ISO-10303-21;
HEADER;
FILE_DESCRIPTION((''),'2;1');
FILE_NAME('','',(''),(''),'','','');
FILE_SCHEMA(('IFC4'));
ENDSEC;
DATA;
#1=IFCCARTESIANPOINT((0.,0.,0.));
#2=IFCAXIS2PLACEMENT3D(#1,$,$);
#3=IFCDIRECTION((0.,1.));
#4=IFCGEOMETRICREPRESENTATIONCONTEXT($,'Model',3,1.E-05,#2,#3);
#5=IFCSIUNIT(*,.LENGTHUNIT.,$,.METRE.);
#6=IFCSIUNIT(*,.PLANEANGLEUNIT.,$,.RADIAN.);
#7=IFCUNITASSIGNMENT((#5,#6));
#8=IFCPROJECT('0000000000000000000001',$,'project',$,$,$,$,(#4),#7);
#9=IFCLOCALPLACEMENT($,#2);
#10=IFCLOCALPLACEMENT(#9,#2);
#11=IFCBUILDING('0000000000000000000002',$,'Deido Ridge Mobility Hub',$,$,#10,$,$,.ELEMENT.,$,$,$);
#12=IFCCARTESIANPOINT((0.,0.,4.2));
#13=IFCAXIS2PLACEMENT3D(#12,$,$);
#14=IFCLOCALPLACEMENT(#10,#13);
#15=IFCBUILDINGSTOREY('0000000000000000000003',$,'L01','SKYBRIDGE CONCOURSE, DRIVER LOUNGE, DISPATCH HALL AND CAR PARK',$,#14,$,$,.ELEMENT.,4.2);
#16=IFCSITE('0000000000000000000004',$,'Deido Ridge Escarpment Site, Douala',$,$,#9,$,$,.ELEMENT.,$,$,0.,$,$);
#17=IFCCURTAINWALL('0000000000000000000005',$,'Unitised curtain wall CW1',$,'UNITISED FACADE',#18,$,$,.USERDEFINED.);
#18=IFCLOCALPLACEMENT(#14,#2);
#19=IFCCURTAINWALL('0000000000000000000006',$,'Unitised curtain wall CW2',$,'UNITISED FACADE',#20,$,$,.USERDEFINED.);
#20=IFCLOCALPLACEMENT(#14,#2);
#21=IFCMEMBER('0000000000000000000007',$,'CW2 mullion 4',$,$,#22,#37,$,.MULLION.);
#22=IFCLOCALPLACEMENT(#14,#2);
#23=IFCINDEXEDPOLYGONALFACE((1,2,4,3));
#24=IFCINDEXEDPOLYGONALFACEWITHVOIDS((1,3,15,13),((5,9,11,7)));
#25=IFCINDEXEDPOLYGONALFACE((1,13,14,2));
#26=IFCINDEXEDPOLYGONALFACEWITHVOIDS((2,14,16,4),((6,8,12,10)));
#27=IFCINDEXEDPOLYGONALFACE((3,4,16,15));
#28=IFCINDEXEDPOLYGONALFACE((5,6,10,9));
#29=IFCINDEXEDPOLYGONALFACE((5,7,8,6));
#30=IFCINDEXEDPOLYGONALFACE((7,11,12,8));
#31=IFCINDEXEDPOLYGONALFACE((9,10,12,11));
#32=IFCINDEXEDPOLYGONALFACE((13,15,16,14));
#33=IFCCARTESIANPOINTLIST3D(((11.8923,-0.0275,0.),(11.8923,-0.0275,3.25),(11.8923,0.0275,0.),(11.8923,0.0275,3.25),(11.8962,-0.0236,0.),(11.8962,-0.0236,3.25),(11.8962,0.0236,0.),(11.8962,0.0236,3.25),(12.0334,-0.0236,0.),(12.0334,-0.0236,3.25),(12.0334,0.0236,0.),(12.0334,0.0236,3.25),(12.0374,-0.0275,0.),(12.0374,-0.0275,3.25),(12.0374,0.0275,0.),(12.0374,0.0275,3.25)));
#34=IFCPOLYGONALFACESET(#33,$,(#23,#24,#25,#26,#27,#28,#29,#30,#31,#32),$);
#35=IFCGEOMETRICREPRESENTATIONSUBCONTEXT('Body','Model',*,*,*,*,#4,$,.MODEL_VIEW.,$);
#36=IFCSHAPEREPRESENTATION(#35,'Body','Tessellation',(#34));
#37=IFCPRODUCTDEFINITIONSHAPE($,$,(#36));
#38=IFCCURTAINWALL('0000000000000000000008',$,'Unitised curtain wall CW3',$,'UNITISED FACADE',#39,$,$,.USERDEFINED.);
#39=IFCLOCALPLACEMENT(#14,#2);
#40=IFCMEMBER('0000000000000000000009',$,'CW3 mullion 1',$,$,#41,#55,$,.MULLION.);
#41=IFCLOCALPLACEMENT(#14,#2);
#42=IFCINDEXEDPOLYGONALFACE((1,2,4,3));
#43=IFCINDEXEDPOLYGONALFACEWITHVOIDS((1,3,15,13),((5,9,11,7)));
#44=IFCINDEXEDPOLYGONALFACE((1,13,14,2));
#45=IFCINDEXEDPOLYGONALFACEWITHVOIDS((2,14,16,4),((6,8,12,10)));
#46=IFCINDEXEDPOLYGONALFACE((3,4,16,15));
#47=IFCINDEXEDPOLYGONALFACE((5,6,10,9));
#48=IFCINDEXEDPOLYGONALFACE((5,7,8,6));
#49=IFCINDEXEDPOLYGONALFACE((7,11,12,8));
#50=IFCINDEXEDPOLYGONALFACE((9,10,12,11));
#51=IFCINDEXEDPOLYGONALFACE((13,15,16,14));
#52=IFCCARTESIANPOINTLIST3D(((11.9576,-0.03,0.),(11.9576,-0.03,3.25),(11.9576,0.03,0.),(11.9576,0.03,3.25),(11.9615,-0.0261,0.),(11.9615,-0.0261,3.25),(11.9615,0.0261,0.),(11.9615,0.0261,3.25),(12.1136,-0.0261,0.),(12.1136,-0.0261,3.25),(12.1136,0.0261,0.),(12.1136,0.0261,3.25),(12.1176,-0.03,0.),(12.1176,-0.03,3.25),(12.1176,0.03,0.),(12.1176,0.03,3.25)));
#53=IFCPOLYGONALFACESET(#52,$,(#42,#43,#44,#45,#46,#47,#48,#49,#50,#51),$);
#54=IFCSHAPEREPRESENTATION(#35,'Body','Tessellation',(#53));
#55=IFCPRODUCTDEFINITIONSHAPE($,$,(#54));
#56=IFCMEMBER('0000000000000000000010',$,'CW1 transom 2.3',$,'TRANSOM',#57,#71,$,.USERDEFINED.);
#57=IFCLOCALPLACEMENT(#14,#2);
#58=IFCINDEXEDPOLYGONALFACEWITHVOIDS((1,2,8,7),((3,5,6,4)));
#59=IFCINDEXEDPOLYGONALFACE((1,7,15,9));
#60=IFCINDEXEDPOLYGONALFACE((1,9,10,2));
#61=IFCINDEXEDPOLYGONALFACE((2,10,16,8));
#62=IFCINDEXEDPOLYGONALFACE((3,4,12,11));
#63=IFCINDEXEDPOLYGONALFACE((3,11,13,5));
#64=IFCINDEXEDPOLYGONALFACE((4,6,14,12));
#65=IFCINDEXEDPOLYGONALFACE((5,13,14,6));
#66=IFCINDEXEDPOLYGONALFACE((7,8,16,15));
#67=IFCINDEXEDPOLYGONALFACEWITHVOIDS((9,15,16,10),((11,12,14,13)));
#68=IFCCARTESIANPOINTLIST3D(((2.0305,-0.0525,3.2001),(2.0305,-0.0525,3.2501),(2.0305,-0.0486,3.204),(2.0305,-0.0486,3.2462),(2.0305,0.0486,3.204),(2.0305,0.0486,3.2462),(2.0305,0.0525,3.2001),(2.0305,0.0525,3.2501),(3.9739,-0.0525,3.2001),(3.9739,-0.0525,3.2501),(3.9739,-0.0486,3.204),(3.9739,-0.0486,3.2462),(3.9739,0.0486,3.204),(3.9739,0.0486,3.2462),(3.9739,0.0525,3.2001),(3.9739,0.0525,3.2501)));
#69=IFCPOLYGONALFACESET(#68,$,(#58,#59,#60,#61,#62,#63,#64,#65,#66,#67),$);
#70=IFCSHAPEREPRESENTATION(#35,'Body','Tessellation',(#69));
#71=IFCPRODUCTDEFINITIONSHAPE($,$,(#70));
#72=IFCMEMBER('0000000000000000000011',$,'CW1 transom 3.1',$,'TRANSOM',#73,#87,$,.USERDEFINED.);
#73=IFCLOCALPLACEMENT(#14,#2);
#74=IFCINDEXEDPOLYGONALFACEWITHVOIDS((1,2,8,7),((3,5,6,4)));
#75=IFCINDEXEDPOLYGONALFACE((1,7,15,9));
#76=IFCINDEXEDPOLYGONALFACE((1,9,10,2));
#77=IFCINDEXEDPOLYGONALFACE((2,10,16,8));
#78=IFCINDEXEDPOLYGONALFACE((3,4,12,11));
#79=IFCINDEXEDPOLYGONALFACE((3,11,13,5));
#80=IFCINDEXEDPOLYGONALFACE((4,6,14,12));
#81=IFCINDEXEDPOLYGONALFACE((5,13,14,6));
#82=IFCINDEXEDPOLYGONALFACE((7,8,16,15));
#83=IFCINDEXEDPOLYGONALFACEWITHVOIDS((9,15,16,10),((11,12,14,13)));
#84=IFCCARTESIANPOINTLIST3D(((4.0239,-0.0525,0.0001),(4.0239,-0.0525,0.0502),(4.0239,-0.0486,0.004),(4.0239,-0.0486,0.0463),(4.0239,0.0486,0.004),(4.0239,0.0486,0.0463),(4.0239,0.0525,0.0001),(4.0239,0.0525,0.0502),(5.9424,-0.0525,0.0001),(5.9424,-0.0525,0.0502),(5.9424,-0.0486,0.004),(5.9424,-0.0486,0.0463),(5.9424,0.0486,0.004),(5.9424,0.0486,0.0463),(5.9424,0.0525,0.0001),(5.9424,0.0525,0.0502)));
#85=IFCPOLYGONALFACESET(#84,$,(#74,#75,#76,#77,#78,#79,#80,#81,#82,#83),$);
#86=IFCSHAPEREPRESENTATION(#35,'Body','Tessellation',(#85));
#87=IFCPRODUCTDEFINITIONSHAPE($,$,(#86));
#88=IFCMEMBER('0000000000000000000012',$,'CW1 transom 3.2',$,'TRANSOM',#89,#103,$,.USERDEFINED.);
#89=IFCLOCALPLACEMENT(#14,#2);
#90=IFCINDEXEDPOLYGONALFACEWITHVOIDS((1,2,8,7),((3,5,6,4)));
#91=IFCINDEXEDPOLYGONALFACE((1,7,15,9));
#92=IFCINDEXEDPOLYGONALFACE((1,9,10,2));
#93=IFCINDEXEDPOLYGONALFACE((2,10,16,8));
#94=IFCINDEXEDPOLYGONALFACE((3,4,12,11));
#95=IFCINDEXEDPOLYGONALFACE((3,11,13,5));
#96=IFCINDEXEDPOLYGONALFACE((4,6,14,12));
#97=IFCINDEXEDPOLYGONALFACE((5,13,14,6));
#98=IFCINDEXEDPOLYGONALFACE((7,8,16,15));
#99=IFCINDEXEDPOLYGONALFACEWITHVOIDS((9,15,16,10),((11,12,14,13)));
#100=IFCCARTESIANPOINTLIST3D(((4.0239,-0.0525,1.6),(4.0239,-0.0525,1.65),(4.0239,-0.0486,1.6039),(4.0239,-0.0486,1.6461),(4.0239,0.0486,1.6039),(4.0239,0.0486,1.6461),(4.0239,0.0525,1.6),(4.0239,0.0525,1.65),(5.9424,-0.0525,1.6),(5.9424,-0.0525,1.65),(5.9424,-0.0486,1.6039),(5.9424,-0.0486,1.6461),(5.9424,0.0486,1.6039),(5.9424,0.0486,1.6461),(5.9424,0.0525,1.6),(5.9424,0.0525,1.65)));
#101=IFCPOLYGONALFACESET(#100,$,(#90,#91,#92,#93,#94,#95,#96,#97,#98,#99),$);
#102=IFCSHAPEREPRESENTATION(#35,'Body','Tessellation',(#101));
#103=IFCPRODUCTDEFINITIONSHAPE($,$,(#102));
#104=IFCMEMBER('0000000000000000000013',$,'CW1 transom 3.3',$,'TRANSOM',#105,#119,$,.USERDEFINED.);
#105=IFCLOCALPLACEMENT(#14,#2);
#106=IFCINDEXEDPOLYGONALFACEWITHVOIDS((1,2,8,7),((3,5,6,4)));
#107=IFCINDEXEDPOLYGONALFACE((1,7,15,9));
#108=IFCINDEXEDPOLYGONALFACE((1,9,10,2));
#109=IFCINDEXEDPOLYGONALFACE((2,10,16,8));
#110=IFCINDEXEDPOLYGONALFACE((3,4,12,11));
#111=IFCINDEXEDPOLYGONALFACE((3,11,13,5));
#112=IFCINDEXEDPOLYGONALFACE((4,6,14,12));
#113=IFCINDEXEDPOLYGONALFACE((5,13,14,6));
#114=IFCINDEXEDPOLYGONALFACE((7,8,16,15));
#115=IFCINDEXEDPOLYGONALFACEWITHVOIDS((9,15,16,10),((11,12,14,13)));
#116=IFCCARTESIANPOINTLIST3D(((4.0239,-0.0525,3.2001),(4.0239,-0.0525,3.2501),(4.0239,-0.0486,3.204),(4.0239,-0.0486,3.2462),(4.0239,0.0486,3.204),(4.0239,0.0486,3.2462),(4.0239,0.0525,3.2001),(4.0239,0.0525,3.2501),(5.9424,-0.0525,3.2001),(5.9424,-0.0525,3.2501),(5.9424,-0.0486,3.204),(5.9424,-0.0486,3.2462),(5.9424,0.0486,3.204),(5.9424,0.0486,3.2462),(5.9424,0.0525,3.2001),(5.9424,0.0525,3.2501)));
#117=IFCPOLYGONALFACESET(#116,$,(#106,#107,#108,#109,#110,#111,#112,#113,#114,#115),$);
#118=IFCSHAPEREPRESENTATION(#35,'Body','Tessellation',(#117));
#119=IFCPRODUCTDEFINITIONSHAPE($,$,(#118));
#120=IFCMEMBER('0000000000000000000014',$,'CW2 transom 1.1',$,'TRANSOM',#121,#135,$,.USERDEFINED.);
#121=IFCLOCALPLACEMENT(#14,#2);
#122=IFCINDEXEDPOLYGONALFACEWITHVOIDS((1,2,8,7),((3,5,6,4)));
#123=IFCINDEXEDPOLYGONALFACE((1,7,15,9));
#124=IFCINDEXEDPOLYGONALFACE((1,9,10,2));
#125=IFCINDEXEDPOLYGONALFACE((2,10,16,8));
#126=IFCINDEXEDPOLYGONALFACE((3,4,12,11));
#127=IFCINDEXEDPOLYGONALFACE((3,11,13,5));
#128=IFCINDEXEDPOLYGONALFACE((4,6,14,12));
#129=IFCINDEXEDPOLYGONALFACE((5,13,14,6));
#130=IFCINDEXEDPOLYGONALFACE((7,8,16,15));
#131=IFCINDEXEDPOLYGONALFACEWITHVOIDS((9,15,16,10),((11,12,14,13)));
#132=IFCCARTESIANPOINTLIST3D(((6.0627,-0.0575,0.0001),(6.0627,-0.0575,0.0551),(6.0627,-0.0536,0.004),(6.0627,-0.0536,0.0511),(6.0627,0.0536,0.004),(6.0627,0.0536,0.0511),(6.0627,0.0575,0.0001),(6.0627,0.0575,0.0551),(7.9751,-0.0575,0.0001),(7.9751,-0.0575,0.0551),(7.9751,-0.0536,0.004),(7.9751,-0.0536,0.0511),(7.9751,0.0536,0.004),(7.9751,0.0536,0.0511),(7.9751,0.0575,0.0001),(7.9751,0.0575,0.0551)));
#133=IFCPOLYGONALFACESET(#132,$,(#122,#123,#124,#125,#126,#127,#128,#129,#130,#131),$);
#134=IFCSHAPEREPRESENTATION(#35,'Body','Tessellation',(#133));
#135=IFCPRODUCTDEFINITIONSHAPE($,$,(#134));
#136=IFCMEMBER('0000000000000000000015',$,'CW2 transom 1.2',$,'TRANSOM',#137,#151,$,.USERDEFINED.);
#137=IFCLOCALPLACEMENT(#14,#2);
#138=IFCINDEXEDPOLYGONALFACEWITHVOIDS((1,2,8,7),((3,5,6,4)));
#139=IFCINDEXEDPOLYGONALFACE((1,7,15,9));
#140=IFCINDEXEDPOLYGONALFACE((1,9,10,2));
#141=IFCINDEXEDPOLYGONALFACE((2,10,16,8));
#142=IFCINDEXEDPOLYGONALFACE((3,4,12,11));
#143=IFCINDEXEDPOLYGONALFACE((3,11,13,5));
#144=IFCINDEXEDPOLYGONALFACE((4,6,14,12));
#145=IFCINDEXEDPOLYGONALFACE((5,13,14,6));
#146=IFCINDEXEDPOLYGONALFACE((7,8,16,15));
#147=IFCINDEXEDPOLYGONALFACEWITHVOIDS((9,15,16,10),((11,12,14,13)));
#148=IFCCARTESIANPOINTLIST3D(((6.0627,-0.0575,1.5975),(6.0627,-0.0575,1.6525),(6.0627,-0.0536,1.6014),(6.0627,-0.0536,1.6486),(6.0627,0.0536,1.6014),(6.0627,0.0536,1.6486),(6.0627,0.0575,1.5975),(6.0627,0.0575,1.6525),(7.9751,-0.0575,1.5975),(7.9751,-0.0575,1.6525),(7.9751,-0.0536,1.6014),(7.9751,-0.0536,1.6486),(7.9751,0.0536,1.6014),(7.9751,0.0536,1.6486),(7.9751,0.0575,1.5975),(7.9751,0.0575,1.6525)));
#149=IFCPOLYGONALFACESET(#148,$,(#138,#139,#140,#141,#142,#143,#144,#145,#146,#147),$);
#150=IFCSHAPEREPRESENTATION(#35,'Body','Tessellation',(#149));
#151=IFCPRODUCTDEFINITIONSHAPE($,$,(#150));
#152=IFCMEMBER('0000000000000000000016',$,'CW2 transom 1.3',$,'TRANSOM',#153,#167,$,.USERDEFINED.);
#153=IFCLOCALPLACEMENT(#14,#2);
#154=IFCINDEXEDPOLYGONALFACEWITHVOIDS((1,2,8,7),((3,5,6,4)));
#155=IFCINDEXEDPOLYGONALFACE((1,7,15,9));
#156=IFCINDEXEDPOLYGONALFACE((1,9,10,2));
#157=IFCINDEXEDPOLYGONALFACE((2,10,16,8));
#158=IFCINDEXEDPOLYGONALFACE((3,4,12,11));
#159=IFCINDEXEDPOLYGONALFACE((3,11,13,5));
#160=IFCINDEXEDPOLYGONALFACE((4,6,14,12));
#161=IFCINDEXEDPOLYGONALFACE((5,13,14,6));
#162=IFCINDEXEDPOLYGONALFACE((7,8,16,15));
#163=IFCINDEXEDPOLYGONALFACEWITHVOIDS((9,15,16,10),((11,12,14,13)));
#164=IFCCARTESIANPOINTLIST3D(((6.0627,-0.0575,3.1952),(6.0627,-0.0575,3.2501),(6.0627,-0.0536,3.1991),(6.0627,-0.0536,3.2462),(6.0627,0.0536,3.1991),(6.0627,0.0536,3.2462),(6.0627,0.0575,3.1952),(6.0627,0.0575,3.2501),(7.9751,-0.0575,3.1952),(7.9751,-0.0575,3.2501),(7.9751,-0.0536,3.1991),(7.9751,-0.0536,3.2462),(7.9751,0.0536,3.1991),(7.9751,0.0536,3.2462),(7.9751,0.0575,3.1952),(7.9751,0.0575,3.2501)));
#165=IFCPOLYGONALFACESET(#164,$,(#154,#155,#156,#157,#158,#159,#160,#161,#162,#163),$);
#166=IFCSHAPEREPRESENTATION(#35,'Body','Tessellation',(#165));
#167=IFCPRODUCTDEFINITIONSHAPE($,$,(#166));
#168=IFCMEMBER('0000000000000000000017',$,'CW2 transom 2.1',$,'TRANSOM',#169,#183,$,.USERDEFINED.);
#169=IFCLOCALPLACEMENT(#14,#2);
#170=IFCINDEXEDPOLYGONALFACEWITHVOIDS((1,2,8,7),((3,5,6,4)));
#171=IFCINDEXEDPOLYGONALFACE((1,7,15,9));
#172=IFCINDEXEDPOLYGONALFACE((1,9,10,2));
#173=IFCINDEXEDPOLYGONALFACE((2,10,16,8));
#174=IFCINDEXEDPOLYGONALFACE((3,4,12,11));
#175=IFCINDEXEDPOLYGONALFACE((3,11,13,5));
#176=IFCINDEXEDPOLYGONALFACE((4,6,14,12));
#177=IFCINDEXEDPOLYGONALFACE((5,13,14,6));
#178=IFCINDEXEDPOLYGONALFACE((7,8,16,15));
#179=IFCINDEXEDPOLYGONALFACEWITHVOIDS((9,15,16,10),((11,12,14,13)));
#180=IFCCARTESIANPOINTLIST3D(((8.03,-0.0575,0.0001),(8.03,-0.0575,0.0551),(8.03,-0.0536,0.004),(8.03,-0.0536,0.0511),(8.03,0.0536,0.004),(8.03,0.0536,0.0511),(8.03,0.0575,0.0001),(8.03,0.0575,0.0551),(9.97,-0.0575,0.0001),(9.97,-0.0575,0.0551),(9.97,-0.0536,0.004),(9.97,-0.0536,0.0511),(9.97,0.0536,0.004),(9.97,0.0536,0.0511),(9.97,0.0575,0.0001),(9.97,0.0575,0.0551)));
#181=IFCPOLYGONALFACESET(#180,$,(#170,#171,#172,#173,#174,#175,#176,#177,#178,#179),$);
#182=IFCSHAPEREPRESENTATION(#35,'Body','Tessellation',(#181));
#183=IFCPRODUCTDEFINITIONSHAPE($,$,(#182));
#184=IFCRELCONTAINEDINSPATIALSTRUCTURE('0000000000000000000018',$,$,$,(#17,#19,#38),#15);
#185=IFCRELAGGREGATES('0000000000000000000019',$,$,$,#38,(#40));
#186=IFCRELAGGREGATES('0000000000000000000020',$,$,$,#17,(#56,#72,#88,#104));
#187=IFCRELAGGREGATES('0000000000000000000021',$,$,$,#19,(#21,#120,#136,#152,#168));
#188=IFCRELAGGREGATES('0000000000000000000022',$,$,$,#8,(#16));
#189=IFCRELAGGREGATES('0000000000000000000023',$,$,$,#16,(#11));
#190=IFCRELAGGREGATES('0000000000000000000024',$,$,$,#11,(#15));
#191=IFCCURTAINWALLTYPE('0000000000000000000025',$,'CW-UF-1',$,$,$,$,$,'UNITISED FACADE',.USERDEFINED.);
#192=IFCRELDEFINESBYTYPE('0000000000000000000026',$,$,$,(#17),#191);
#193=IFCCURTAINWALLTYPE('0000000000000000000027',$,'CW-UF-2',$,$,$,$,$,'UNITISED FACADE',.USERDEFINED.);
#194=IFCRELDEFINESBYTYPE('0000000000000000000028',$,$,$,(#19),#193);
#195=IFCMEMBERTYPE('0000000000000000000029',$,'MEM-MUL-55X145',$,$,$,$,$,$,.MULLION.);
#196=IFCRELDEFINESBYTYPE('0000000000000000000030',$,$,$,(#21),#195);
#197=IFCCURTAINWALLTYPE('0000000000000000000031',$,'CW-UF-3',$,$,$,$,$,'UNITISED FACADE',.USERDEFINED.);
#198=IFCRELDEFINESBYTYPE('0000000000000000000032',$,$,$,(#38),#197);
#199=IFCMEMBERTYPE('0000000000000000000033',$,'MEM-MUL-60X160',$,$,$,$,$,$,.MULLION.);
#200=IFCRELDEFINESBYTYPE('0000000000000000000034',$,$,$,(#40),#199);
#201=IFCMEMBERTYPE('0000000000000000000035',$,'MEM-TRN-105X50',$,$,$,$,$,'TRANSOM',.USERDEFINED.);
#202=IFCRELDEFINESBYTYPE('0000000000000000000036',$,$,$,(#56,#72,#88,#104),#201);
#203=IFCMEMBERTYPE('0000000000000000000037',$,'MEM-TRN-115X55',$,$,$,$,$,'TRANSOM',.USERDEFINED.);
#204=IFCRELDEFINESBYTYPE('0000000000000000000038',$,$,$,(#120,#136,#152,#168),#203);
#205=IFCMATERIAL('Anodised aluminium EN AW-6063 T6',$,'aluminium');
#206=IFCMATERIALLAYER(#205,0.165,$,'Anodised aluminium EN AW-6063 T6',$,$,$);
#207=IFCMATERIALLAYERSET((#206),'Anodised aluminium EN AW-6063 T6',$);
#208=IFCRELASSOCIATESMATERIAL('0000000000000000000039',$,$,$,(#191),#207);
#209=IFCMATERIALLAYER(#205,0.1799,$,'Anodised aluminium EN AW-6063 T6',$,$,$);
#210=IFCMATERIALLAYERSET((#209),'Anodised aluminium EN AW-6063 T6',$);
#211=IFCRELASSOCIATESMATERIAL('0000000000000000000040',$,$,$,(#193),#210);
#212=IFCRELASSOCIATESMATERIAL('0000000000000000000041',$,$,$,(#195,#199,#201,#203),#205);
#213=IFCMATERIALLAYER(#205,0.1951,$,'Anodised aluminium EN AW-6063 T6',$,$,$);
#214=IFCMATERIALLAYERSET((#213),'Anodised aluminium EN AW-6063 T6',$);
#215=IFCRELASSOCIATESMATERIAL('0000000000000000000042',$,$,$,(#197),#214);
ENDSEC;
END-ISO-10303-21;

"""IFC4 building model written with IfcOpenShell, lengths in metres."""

from ifc_helpers import new_model, si_unit, direction, frame, origin, origin_2d, place, context, subcontext, project, spatial, hollow_rectangle, extrude, material, layer, layer_set, material_profile, profile_set, type_object, element, aggregate, save


model = new_model("IFC4")

# Units and contexts
model_context = context("Model", 3, precision=1e-05, world=origin(), true_north=direction((0.0, 1.0)))
body_context = subcontext(model_context, "Body", "Model", "MODEL_VIEW")
ifc_project = project(units=[si_unit("LENGTHUNIT", "METRE"), si_unit("PLANEANGLEUNIT", "RADIAN")], contexts=[model_context])

# Site, building, storey
site_placement = place(None, origin())
site = spatial("IfcSite", under=ifc_project, at=site_placement, Name="Deido Ridge Escarpment Site, Douala", CompositionType="ELEMENT", RefElevation=0.0)
building_placement = place(site_placement, origin())
building = spatial("IfcBuilding", under=site, at=building_placement, Name="Deido Ridge Mobility Hub", CompositionType="ELEMENT")
storey_placement = place(building_placement, frame((0.0, 0.0, 4.2)))
storey = spatial("IfcBuildingStorey", under=building, at=storey_placement, Name="L01", Description="SKYBRIDGE CONCOURSE, DRIVER LOUNGE, DISPATCH HALL AND CAR PARK", CompositionType="ELEMENT", Elevation=4.2)

# Curtain walls, member
ifc_material_1 = material(Name="Anodised aluminium EN AW-6063 T6", Category="aluminium")
ifc_layer_1 = layer(ifc_material_1, 0.165, Name="Anodised aluminium EN AW-6063 T6")
ifc_layer_set_1 = layer_set([ifc_layer_1], Name="Anodised aluminium EN AW-6063 T6")
curtain_wall_type_1 = type_object("IfcCurtainWallType", Name="CW-UF-1", ElementType="UNITISED FACADE", PredefinedType="USERDEFINED", material=ifc_layer_set_1)
curtain_wall_1_placement = place(storey_placement, origin())
curtain_wall_1 = element("IfcCurtainWall", 1, at=curtain_wall_1_placement, inside=storey, type_object=curtain_wall_type_1, Name="Unitised curtain wall CW1", ObjectType="UNITISED FACADE", PredefinedType="USERDEFINED")
ifc_layer_2 = layer(ifc_material_1, 0.1799, Name="Anodised aluminium EN AW-6063 T6")
ifc_layer_set_2 = layer_set([ifc_layer_2], Name="Anodised aluminium EN AW-6063 T6")
curtain_wall_type_2 = type_object("IfcCurtainWallType", Name="CW-UF-2", ElementType="UNITISED FACADE", PredefinedType="USERDEFINED", material=ifc_layer_set_2)
curtain_wall_2_placement = place(storey_placement, origin())
curtain_wall_2 = element("IfcCurtainWall", 2, at=curtain_wall_2_placement, inside=storey, type_object=curtain_wall_type_2, Name="Unitised curtain wall CW2", ObjectType="UNITISED FACADE", PredefinedType="USERDEFINED")
ifc_material_profile_1 = material_profile(ifc_material_1, hollow_rectangle(XDim=0.0549, YDim=0.145, WallThickness=0.0039, at=origin_2d()), Name="RHS 55x145x4")
ifc_profile_set_1 = profile_set([ifc_material_profile_1], Name="Anodised aluminium EN AW-6063 T6")
member_type_1 = type_object("IfcMemberType", Name="MEM-MUL-55X145", PredefinedType="MULLION", material=ifc_profile_set_1)
member_1_placement = place(storey_placement, frame((11.9648, 0.0, 0.0), z_axis=(0.0, 0.0, 1.0), x_axis=(0.0, 1.0, 0.0)))
member_1 = element("IfcMember", 3, at=member_1_placement, type_object=member_type_1, Name="CW2 mullion 4", PredefinedType="MULLION", context=body_context, shape_type="SweptSolid", body=[
    extrude(hollow_rectangle(XDim=0.0549, YDim=0.145, WallThickness=0.0039, at=origin_2d()), origin(), (0.0, 0.0, 1.0), 3.25),
])

# Curtain wall, member
ifc_layer_3 = layer(ifc_material_1, 0.1951, Name="Anodised aluminium EN AW-6063 T6")
ifc_layer_set_3 = layer_set([ifc_layer_3], Name="Anodised aluminium EN AW-6063 T6")
curtain_wall_type_3 = type_object("IfcCurtainWallType", Name="CW-UF-3", ElementType="UNITISED FACADE", PredefinedType="USERDEFINED", material=ifc_layer_set_3)
curtain_wall_3_placement = place(storey_placement, origin())
curtain_wall_3 = element("IfcCurtainWall", 4, at=curtain_wall_3_placement, inside=storey, type_object=curtain_wall_type_3, Name="Unitised curtain wall CW3", ObjectType="UNITISED FACADE", PredefinedType="USERDEFINED")
ifc_material_profile_2 = material_profile(ifc_material_1, hollow_rectangle(XDim=0.0601, YDim=0.1599, WallThickness=0.0039, at=origin_2d()), Name="RHS 60x160x4")
ifc_profile_set_2 = profile_set([ifc_material_profile_2], Name="Anodised aluminium EN AW-6063 T6")
member_type_2 = type_object("IfcMemberType", Name="MEM-MUL-60X160", PredefinedType="MULLION", material=ifc_profile_set_2)
member_2_placement = place(storey_placement, frame((12.0376, 0.0, 0.0), z_axis=(0.0, 0.0, 1.0), x_axis=(0.0, 1.0, 0.0)))
member_2 = element("IfcMember", 5, at=member_2_placement, type_object=member_type_2, Name="CW3 mullion 1", PredefinedType="MULLION", context=body_context, shape_type="SweptSolid", body=[
    extrude(hollow_rectangle(XDim=0.0601, YDim=0.1599, WallThickness=0.0039, at=origin_2d()), origin(), (0.0, 0.0, 1.0), 3.25),
])

# Members
ifc_material_profile_3 = material_profile(ifc_material_1, hollow_rectangle(XDim=0.105, YDim=0.05, WallThickness=0.0039, at=origin_2d()), Name="RHS 105x50x4")
ifc_profile_set_3 = profile_set([ifc_material_profile_3], Name="Anodised aluminium EN AW-6063 T6")
member_type_3 = type_object("IfcMemberType", Name="MEM-TRN-105X50", ElementType="TRANSOM", PredefinedType="USERDEFINED", material=ifc_profile_set_3)
member_3_placement = place(storey_placement, frame((2.0305, 0.0, 3.2251), z_axis=(1.0, 0.0, 0.0), x_axis=(0.0, 1.0, 0.0)))
member_3 = element("IfcMember", 6, at=member_3_placement, type_object=member_type_3, Name="CW1 transom 2.3", ObjectType="TRANSOM", PredefinedType="USERDEFINED", context=body_context, shape_type="SweptSolid", body=[
    extrude(hollow_rectangle(XDim=0.105, YDim=0.05, WallThickness=0.0039, at=origin_2d()), origin(), (0.0, 0.0, 1.0), 1.9434),
])
member_4_placement = place(storey_placement, frame((4.0239, 0.0, 0.0251), z_axis=(1.0, 0.0, 0.0), x_axis=(0.0, 1.0, 0.0)))
member_4 = element("IfcMember", 7, at=member_4_placement, type_object=member_type_3, Name="CW1 transom 3.1", ObjectType="TRANSOM", PredefinedType="USERDEFINED", context=body_context, shape_type="SweptSolid", body=[
    extrude(hollow_rectangle(XDim=0.105, YDim=0.05, WallThickness=0.0039, at=origin_2d()), origin(), (0.0, 0.0, 1.0), 1.9185),
])
member_5_placement = place(storey_placement, frame((4.0239, 0.0, 1.625), z_axis=(1.0, 0.0, 0.0), x_axis=(0.0, 1.0, 0.0)))
member_5 = element("IfcMember", 8, at=member_5_placement, type_object=member_type_3, Name="CW1 transom 3.2", ObjectType="TRANSOM", PredefinedType="USERDEFINED", context=body_context, shape_type="SweptSolid", body=[
    extrude(hollow_rectangle(XDim=0.105, YDim=0.05, WallThickness=0.0039, at=origin_2d()), origin(), (0.0, 0.0, 1.0), 1.9185),
])
member_6_placement = place(storey_placement, frame((4.0239, 0.0, 3.2251), z_axis=(1.0, 0.0, 0.0), x_axis=(0.0, 1.0, 0.0)))
member_6 = element("IfcMember", 9, at=member_6_placement, type_object=member_type_3, Name="CW1 transom 3.3", ObjectType="TRANSOM", PredefinedType="USERDEFINED", context=body_context, shape_type="SweptSolid", body=[
    extrude(hollow_rectangle(XDim=0.105, YDim=0.05, WallThickness=0.0039, at=origin_2d()), origin(), (0.0, 0.0, 1.0), 1.9185),
])
ifc_material_profile_4 = material_profile(ifc_material_1, hollow_rectangle(XDim=0.115, YDim=0.0549, WallThickness=0.0039, at=origin_2d()), Name="RHS 115x55x4")
ifc_profile_set_4 = profile_set([ifc_material_profile_4], Name="Anodised aluminium EN AW-6063 T6")
member_type_4 = type_object("IfcMemberType", Name="MEM-TRN-115X55", ElementType="TRANSOM", PredefinedType="USERDEFINED", material=ifc_profile_set_4)
member_7_placement = place(storey_placement, frame((6.0627, 0.0, 0.0276), z_axis=(1.0, 0.0, 0.0), x_axis=(0.0, 1.0, 0.0)))
member_7 = element("IfcMember", 10, at=member_7_placement, type_object=member_type_4, Name="CW2 transom 1.1", ObjectType="TRANSOM", PredefinedType="USERDEFINED", context=body_context, shape_type="SweptSolid", body=[
    extrude(hollow_rectangle(XDim=0.115, YDim=0.0549, WallThickness=0.0039, at=origin_2d()), origin(), (0.0, 0.0, 1.0), 1.9124),
])
member_8_placement = place(storey_placement, frame((6.0627, 0.0, 1.625), z_axis=(1.0, 0.0, 0.0), x_axis=(0.0, 1.0, 0.0)))
member_8 = element("IfcMember", 11, at=member_8_placement, type_object=member_type_4, Name="CW2 transom 1.2", ObjectType="TRANSOM", PredefinedType="USERDEFINED", context=body_context, shape_type="SweptSolid", body=[
    extrude(hollow_rectangle(XDim=0.115, YDim=0.0549, WallThickness=0.0039, at=origin_2d()), origin(), (0.0, 0.0, 1.0), 1.9124),
])
member_9_placement = place(storey_placement, frame((6.0627, 0.0, 3.2227), z_axis=(1.0, 0.0, 0.0), x_axis=(0.0, 1.0, 0.0)))
member_9 = element("IfcMember", 12, at=member_9_placement, type_object=member_type_4, Name="CW2 transom 1.3", ObjectType="TRANSOM", PredefinedType="USERDEFINED", context=body_context, shape_type="SweptSolid", body=[
    extrude(hollow_rectangle(XDim=0.115, YDim=0.0549, WallThickness=0.0039, at=origin_2d()), origin(), (0.0, 0.0, 1.0), 1.9124),
])
member_10_placement = place(storey_placement, frame((8.03, 0.0, 0.0276), z_axis=(1.0, 0.0, 0.0), x_axis=(0.0, 1.0, 0.0)))
member_10 = element("IfcMember", 13, at=member_10_placement, type_object=member_type_4, Name="CW2 transom 2.1", ObjectType="TRANSOM", PredefinedType="USERDEFINED", context=body_context, shape_type="SweptSolid", body=[
    extrude(hollow_rectangle(XDim=0.115, YDim=0.0549, WallThickness=0.0039, at=origin_2d()), origin(), (0.0, 0.0, 1.0), 1.9399),
])
aggregate(curtain_wall_3, [member_2])

aggregate(curtain_wall_1, [member_3, member_4, member_5, member_6])
aggregate(curtain_wall_2, [member_1, member_7, member_8, member_9, member_10])

save(model, "model.ifc")
